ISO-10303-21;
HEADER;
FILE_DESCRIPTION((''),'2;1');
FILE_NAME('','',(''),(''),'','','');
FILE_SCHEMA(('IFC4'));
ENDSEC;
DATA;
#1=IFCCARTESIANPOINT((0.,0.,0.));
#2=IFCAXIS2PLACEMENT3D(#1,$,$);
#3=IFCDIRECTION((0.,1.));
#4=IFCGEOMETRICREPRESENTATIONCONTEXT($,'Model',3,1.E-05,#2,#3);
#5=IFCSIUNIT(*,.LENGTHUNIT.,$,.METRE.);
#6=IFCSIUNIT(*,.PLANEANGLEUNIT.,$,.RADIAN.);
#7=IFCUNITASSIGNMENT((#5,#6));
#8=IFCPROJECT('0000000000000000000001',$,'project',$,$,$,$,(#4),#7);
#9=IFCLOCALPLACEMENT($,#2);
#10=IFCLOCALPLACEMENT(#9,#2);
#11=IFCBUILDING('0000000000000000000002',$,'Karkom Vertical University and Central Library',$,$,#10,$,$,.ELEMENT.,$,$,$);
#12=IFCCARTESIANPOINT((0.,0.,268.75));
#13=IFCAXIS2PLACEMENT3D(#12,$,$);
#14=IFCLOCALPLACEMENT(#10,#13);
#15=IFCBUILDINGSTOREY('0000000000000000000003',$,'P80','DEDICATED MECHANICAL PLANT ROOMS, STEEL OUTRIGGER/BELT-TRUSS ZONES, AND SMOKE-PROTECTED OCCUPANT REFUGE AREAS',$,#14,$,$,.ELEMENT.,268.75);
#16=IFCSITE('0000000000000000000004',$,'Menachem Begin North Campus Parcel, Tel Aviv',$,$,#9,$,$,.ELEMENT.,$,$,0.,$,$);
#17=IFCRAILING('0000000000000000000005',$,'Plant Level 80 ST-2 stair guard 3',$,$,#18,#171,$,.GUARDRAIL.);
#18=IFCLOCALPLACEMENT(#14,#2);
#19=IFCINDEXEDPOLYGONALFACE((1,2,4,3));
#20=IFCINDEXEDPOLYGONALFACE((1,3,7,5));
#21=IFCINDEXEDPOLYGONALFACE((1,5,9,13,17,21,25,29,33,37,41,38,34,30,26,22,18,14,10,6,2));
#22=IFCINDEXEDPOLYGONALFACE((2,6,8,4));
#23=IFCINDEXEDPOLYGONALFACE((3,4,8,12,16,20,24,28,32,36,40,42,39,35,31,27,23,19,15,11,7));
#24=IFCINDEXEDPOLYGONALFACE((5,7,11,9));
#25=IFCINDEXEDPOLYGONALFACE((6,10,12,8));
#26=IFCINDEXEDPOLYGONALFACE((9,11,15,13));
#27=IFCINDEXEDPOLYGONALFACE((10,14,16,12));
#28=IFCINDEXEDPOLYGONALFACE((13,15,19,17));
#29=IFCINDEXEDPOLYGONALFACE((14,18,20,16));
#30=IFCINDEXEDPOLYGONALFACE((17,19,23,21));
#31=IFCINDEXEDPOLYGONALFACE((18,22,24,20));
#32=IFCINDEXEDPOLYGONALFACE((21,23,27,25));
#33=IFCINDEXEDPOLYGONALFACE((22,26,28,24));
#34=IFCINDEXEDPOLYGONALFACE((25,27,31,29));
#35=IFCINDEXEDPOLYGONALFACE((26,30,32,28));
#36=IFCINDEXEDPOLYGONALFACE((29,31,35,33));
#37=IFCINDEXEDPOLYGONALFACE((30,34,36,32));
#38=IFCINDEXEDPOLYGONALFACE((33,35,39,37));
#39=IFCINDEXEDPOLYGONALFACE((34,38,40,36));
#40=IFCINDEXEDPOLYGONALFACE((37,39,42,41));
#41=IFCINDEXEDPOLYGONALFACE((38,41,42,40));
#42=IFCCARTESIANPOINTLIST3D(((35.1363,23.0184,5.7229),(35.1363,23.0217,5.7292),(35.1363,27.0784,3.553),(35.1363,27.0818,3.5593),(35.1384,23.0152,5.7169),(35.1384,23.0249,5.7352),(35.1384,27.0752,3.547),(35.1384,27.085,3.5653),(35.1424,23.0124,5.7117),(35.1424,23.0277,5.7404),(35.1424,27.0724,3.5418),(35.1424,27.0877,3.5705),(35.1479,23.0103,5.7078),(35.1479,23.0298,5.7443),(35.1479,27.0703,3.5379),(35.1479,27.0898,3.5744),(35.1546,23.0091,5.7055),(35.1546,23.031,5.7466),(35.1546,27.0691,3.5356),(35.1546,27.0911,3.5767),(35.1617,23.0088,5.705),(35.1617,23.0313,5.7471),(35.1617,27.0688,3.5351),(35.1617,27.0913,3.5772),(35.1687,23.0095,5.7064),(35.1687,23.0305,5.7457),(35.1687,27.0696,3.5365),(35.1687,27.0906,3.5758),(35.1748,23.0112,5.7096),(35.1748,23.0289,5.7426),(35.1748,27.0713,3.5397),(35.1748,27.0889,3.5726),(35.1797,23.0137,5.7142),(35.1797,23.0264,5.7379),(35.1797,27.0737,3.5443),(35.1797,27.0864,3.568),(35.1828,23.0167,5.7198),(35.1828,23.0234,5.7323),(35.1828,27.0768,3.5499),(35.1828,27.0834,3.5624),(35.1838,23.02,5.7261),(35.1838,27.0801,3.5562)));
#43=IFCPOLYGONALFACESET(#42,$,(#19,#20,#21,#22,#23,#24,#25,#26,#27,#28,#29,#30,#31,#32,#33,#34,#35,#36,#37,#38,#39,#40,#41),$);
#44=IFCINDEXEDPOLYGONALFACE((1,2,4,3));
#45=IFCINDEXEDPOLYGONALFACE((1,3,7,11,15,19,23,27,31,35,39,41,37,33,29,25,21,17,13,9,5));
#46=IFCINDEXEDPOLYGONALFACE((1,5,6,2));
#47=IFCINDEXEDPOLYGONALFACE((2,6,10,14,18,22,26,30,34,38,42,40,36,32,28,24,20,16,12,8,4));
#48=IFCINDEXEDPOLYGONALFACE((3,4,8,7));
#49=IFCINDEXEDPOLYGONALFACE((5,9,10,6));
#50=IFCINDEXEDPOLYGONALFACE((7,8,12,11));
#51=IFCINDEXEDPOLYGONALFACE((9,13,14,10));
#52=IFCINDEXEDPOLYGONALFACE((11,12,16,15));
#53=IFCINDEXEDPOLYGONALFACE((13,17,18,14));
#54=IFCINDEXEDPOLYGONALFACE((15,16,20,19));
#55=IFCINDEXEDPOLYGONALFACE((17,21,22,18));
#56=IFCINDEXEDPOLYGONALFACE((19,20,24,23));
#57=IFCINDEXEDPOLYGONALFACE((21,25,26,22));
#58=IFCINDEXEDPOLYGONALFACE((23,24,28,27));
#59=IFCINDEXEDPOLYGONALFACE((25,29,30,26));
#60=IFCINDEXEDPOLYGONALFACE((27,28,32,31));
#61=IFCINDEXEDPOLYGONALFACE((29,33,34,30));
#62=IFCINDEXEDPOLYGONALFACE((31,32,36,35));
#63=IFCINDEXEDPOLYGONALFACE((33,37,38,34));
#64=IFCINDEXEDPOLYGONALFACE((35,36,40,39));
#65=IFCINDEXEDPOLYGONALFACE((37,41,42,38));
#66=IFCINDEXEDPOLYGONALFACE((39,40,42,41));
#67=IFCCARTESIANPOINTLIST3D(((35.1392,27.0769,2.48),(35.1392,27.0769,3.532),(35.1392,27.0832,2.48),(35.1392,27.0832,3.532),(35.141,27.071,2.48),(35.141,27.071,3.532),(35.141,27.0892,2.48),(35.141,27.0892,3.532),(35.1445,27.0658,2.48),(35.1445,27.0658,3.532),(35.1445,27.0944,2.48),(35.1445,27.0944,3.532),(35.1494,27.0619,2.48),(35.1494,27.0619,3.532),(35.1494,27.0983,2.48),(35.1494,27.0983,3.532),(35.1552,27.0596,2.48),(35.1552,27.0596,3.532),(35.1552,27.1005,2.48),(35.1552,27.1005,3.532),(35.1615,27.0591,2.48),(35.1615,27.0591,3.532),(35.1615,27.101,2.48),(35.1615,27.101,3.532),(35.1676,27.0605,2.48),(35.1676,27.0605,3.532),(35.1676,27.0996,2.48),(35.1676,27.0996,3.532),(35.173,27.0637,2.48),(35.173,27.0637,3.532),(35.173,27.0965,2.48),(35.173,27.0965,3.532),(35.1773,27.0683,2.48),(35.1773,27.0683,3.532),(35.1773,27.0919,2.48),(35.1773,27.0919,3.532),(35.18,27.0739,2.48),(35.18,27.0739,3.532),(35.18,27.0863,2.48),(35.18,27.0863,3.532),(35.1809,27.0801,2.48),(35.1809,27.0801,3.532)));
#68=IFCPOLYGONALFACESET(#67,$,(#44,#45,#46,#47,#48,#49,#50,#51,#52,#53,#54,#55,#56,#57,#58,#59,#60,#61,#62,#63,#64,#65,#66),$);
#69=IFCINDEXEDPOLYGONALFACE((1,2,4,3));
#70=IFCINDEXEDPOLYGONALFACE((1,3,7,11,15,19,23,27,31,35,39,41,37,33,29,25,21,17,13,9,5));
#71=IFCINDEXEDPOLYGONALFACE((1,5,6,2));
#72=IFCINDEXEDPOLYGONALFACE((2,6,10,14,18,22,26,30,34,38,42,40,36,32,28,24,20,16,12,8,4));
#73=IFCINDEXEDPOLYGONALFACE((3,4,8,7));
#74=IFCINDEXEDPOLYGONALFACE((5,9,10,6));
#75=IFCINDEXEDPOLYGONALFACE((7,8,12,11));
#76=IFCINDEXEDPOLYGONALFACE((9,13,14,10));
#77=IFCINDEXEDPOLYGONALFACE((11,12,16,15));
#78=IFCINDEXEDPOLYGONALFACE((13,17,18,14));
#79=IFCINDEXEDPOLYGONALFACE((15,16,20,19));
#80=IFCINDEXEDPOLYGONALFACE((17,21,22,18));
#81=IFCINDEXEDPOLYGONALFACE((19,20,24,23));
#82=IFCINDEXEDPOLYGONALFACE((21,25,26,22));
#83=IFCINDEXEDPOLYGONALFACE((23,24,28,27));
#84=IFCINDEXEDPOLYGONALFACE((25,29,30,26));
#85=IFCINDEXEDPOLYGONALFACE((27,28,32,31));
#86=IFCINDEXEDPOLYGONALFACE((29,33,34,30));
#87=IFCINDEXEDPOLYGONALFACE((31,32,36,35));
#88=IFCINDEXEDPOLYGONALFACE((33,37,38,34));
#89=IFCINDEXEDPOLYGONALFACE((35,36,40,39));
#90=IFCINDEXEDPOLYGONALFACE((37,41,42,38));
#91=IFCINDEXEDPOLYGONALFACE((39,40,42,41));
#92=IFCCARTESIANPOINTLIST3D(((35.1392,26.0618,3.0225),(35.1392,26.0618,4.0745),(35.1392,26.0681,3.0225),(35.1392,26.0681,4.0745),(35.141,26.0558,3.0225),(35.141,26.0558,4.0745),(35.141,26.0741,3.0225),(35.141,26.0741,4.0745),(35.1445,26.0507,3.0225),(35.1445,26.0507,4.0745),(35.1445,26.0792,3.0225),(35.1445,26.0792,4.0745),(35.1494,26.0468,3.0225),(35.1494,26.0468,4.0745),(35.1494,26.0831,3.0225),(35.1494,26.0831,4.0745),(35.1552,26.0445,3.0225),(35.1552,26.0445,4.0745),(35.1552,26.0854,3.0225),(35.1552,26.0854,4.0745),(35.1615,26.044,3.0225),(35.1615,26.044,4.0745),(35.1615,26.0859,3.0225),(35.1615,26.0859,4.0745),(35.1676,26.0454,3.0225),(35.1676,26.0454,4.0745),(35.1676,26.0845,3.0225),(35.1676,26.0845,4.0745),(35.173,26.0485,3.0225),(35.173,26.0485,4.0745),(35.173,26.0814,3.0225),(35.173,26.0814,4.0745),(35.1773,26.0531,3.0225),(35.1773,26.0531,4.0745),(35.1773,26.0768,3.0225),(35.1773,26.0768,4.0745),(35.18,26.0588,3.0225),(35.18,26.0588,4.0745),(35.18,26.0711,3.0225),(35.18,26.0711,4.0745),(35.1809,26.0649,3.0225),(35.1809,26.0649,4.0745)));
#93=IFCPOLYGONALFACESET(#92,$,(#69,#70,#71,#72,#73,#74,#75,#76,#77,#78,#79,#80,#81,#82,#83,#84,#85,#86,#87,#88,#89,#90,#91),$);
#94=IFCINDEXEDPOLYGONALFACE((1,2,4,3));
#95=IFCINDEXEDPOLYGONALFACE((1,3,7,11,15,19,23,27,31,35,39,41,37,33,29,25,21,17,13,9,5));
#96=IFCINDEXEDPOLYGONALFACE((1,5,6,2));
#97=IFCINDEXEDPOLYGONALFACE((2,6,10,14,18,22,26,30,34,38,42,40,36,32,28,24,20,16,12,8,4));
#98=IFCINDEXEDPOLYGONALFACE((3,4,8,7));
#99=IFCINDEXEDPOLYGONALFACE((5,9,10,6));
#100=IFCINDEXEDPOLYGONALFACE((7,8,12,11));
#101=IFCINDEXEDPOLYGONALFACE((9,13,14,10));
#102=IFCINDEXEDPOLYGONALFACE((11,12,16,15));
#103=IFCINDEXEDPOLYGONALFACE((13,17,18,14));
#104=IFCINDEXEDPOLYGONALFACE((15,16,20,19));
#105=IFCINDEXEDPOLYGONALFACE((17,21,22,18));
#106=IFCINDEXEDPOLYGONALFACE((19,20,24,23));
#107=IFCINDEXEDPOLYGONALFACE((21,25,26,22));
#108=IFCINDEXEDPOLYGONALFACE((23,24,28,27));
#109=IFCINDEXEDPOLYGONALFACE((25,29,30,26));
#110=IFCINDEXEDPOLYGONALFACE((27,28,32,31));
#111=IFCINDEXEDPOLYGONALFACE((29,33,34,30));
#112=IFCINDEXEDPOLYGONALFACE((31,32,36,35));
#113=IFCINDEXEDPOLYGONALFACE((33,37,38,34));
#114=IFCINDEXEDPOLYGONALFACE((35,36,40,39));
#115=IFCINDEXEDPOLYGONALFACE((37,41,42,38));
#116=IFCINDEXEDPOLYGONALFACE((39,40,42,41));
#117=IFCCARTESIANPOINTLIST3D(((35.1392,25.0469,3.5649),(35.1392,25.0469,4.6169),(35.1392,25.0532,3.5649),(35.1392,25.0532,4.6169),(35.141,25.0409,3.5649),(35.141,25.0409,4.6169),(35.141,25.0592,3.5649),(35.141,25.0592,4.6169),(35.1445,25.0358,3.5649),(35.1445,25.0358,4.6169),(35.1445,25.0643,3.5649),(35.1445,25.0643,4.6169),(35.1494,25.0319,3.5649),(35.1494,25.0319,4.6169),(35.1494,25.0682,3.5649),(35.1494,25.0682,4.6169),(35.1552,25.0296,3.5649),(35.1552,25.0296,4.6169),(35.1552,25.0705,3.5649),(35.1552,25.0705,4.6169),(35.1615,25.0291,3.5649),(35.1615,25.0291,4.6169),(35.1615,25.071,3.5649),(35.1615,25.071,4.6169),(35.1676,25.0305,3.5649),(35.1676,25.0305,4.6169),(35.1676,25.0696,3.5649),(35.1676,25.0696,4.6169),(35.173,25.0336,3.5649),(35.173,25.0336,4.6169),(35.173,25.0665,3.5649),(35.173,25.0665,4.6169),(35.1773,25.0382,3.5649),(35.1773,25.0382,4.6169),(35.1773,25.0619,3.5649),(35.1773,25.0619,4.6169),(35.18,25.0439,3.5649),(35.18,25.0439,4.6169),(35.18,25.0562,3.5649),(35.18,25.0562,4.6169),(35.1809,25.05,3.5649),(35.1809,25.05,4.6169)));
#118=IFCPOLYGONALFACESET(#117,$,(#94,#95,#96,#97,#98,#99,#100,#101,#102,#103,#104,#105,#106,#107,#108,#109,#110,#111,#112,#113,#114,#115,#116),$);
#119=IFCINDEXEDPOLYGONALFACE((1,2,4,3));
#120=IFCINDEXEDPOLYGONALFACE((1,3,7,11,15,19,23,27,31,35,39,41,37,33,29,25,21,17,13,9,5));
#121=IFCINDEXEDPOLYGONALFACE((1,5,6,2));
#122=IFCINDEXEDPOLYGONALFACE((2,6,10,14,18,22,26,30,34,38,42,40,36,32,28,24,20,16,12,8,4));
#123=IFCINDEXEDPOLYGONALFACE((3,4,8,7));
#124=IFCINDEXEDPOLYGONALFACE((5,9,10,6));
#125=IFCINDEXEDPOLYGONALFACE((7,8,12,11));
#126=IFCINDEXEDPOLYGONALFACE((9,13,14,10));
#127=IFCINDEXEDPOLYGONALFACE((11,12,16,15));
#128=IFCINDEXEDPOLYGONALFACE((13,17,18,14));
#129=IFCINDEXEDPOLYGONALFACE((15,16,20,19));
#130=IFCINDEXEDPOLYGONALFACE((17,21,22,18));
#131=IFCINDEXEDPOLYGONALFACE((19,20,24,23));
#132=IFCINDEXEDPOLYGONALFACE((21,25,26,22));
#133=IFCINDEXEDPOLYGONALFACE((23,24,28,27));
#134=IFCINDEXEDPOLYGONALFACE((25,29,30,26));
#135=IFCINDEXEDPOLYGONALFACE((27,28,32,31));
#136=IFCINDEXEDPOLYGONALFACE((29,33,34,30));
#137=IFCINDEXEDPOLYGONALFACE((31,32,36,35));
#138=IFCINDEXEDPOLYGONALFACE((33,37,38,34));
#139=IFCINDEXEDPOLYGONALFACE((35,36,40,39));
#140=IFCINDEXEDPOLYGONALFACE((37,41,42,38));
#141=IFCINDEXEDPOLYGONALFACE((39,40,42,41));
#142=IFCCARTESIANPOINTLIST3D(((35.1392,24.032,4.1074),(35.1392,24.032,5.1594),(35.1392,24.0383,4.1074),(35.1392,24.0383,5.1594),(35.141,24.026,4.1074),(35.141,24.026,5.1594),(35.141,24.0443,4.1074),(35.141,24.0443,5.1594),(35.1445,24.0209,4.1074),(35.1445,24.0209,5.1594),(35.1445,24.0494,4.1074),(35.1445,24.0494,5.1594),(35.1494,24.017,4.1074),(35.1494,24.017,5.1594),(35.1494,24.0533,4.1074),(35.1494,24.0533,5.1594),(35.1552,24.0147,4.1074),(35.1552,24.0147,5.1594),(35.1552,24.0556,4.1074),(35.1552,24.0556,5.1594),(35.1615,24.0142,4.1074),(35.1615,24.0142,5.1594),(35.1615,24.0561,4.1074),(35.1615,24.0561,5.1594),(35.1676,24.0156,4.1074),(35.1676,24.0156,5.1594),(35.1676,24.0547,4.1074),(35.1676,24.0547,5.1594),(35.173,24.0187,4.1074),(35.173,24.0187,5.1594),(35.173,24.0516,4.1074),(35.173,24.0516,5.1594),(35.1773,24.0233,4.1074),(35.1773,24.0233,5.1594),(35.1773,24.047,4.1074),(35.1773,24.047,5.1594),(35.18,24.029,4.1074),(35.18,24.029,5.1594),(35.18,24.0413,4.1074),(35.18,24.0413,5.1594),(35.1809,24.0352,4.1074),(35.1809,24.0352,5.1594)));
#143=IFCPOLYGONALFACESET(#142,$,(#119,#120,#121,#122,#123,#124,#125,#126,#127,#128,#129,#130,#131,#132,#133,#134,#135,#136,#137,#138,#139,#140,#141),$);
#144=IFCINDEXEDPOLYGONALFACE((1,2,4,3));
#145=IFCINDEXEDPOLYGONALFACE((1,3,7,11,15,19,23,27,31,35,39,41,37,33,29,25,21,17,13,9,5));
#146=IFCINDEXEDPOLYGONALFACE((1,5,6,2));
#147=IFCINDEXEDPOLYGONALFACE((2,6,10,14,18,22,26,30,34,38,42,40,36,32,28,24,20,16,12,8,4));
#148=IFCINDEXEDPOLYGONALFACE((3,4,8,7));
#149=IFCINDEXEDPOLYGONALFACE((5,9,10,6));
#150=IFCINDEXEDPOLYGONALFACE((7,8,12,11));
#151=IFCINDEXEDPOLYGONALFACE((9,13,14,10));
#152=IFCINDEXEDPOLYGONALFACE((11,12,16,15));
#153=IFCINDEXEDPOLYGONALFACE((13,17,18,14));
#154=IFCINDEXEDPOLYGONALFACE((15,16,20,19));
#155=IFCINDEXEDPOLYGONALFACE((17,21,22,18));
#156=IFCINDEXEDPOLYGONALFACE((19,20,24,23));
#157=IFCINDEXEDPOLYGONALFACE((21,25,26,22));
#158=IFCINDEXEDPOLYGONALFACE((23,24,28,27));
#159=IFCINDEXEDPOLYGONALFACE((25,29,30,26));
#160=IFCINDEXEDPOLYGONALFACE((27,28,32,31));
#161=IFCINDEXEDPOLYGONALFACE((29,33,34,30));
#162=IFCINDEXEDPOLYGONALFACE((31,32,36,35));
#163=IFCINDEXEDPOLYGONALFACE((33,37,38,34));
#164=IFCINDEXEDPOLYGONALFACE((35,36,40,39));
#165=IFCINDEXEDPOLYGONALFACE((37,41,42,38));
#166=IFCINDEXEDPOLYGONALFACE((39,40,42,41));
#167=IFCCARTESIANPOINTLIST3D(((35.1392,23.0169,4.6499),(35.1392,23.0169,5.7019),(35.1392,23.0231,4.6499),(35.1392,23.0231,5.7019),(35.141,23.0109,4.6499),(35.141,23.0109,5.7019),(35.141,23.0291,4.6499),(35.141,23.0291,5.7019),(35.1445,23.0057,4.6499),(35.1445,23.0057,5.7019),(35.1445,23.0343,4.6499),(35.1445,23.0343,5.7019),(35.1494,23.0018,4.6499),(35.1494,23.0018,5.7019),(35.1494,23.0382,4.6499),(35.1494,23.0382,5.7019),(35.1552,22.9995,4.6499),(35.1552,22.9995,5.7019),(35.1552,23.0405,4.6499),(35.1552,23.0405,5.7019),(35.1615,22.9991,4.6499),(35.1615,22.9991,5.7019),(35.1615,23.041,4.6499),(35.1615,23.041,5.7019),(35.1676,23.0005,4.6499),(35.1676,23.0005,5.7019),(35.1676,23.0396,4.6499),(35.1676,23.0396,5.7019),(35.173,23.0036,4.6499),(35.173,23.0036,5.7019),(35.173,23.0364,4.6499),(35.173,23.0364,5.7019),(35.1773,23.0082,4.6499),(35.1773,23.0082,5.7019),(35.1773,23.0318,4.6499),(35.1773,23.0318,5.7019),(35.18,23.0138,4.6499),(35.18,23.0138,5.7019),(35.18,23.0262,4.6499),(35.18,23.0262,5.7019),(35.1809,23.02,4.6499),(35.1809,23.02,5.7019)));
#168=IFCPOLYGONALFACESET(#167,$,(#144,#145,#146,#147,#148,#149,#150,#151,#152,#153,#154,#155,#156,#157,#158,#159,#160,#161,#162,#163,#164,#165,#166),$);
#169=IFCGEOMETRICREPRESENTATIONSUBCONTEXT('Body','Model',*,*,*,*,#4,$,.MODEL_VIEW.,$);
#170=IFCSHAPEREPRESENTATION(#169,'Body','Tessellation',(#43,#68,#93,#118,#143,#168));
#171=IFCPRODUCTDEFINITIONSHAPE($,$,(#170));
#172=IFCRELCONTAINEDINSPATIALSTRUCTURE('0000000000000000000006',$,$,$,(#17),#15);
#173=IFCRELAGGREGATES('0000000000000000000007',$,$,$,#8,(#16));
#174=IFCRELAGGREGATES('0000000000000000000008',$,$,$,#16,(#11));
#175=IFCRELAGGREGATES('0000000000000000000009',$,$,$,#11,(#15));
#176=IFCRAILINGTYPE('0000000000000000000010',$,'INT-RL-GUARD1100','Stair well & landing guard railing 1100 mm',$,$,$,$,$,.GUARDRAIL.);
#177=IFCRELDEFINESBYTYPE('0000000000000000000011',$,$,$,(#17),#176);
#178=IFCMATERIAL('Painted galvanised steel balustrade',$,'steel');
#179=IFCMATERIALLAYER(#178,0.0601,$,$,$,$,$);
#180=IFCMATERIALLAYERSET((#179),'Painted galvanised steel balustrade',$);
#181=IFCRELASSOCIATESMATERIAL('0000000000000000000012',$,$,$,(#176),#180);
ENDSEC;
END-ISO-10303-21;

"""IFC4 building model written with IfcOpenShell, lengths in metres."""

from ifc_helpers import new_model, si_unit, direction, frame, origin, origin_2d, place, context, subcontext, project, spatial, circle, extrude, material, layer, layer_set, type_object, element, save


model = new_model("IFC4")

# Units and contexts
model_context = context("Model", 3, precision=1e-05, world=origin(), true_north=direction((0.0, 1.0)))
body_context = subcontext(model_context, "Body", "Model", "MODEL_VIEW")
ifc_project = project(units=[si_unit("LENGTHUNIT", "METRE"), si_unit("PLANEANGLEUNIT", "RADIAN")], contexts=[model_context])

# Site, building, storey
site_placement = place(None, origin())
site = spatial("IfcSite", under=ifc_project, at=site_placement, Name="Menachem Begin North Campus Parcel, Tel Aviv", CompositionType="ELEMENT", RefElevation=0.0)
building_placement = place(site_placement, origin())
building = spatial("IfcBuilding", under=site, at=building_placement, Name="Karkom Vertical University and Central Library", CompositionType="ELEMENT")
storey_placement = place(building_placement, frame((0.0, 0.0, 268.75)))
storey = spatial("IfcBuildingStorey", under=building, at=storey_placement, Name="P80", Description="DEDICATED MECHANICAL PLANT ROOMS, STEEL OUTRIGGER/BELT-TRUSS ZONES, AND SMOKE-PROTECTED OCCUPANT REFUGE AREAS", CompositionType="ELEMENT", Elevation=268.75)

# Railing
ifc_material_1 = material(Name="Painted galvanised steel balustrade", Category="steel")
ifc_layer_1 = layer(ifc_material_1, 0.0601)
ifc_layer_set_1 = layer_set([ifc_layer_1], Name="Painted galvanised steel balustrade")
railing_type_1 = type_object("IfcRailingType", Name="INT-RL-GUARD1100", Description="Stair well & landing guard railing 1100 mm", PredefinedType="GUARDRAIL", material=ifc_layer_set_1)
railing_1_placement = place(storey_placement, frame((35.1599, 27.0801, 2.48)))
element("IfcRailing", 1, at=railing_1_placement, inside=storey, type_object=railing_type_1, Name="Plant Level 80 ST-2 stair guard 3", PredefinedType="GUARDRAIL", context=body_context, shape_type="SweptSolid", body=[
    extrude(circle(Radius=0.0239, at=origin_2d()), frame((0.0, 0.0, 1.0762), z_axis=(0.0, -0.881942, 0.471359), x_axis=(1.0, 0.0, 0.0)), (0.0, 0.0, 1.0), 4.6035),
    extrude(circle(Radius=0.021, at=origin_2d()), origin(), (0.0, 0.0, 1.0), 1.052),
    extrude(circle(Radius=0.021, at=origin_2d()), frame((0.0, -1.0151, 0.5425)), (0.0, 0.0, 1.0), 1.052),
    extrude(circle(Radius=0.021, at=origin_2d()), frame((0.0, -2.03, 1.085)), (0.0, 0.0, 1.0), 1.052),
    extrude(circle(Radius=0.021, at=origin_2d()), frame((0.0, -3.0449, 1.6274)), (0.0, 0.0, 1.0), 1.052),
    extrude(circle(Radius=0.021, at=origin_2d()), frame((0.0, -4.0601, 2.1699)), (0.0, 0.0, 1.0), 1.052),
])

save(model, "model.ifc")
